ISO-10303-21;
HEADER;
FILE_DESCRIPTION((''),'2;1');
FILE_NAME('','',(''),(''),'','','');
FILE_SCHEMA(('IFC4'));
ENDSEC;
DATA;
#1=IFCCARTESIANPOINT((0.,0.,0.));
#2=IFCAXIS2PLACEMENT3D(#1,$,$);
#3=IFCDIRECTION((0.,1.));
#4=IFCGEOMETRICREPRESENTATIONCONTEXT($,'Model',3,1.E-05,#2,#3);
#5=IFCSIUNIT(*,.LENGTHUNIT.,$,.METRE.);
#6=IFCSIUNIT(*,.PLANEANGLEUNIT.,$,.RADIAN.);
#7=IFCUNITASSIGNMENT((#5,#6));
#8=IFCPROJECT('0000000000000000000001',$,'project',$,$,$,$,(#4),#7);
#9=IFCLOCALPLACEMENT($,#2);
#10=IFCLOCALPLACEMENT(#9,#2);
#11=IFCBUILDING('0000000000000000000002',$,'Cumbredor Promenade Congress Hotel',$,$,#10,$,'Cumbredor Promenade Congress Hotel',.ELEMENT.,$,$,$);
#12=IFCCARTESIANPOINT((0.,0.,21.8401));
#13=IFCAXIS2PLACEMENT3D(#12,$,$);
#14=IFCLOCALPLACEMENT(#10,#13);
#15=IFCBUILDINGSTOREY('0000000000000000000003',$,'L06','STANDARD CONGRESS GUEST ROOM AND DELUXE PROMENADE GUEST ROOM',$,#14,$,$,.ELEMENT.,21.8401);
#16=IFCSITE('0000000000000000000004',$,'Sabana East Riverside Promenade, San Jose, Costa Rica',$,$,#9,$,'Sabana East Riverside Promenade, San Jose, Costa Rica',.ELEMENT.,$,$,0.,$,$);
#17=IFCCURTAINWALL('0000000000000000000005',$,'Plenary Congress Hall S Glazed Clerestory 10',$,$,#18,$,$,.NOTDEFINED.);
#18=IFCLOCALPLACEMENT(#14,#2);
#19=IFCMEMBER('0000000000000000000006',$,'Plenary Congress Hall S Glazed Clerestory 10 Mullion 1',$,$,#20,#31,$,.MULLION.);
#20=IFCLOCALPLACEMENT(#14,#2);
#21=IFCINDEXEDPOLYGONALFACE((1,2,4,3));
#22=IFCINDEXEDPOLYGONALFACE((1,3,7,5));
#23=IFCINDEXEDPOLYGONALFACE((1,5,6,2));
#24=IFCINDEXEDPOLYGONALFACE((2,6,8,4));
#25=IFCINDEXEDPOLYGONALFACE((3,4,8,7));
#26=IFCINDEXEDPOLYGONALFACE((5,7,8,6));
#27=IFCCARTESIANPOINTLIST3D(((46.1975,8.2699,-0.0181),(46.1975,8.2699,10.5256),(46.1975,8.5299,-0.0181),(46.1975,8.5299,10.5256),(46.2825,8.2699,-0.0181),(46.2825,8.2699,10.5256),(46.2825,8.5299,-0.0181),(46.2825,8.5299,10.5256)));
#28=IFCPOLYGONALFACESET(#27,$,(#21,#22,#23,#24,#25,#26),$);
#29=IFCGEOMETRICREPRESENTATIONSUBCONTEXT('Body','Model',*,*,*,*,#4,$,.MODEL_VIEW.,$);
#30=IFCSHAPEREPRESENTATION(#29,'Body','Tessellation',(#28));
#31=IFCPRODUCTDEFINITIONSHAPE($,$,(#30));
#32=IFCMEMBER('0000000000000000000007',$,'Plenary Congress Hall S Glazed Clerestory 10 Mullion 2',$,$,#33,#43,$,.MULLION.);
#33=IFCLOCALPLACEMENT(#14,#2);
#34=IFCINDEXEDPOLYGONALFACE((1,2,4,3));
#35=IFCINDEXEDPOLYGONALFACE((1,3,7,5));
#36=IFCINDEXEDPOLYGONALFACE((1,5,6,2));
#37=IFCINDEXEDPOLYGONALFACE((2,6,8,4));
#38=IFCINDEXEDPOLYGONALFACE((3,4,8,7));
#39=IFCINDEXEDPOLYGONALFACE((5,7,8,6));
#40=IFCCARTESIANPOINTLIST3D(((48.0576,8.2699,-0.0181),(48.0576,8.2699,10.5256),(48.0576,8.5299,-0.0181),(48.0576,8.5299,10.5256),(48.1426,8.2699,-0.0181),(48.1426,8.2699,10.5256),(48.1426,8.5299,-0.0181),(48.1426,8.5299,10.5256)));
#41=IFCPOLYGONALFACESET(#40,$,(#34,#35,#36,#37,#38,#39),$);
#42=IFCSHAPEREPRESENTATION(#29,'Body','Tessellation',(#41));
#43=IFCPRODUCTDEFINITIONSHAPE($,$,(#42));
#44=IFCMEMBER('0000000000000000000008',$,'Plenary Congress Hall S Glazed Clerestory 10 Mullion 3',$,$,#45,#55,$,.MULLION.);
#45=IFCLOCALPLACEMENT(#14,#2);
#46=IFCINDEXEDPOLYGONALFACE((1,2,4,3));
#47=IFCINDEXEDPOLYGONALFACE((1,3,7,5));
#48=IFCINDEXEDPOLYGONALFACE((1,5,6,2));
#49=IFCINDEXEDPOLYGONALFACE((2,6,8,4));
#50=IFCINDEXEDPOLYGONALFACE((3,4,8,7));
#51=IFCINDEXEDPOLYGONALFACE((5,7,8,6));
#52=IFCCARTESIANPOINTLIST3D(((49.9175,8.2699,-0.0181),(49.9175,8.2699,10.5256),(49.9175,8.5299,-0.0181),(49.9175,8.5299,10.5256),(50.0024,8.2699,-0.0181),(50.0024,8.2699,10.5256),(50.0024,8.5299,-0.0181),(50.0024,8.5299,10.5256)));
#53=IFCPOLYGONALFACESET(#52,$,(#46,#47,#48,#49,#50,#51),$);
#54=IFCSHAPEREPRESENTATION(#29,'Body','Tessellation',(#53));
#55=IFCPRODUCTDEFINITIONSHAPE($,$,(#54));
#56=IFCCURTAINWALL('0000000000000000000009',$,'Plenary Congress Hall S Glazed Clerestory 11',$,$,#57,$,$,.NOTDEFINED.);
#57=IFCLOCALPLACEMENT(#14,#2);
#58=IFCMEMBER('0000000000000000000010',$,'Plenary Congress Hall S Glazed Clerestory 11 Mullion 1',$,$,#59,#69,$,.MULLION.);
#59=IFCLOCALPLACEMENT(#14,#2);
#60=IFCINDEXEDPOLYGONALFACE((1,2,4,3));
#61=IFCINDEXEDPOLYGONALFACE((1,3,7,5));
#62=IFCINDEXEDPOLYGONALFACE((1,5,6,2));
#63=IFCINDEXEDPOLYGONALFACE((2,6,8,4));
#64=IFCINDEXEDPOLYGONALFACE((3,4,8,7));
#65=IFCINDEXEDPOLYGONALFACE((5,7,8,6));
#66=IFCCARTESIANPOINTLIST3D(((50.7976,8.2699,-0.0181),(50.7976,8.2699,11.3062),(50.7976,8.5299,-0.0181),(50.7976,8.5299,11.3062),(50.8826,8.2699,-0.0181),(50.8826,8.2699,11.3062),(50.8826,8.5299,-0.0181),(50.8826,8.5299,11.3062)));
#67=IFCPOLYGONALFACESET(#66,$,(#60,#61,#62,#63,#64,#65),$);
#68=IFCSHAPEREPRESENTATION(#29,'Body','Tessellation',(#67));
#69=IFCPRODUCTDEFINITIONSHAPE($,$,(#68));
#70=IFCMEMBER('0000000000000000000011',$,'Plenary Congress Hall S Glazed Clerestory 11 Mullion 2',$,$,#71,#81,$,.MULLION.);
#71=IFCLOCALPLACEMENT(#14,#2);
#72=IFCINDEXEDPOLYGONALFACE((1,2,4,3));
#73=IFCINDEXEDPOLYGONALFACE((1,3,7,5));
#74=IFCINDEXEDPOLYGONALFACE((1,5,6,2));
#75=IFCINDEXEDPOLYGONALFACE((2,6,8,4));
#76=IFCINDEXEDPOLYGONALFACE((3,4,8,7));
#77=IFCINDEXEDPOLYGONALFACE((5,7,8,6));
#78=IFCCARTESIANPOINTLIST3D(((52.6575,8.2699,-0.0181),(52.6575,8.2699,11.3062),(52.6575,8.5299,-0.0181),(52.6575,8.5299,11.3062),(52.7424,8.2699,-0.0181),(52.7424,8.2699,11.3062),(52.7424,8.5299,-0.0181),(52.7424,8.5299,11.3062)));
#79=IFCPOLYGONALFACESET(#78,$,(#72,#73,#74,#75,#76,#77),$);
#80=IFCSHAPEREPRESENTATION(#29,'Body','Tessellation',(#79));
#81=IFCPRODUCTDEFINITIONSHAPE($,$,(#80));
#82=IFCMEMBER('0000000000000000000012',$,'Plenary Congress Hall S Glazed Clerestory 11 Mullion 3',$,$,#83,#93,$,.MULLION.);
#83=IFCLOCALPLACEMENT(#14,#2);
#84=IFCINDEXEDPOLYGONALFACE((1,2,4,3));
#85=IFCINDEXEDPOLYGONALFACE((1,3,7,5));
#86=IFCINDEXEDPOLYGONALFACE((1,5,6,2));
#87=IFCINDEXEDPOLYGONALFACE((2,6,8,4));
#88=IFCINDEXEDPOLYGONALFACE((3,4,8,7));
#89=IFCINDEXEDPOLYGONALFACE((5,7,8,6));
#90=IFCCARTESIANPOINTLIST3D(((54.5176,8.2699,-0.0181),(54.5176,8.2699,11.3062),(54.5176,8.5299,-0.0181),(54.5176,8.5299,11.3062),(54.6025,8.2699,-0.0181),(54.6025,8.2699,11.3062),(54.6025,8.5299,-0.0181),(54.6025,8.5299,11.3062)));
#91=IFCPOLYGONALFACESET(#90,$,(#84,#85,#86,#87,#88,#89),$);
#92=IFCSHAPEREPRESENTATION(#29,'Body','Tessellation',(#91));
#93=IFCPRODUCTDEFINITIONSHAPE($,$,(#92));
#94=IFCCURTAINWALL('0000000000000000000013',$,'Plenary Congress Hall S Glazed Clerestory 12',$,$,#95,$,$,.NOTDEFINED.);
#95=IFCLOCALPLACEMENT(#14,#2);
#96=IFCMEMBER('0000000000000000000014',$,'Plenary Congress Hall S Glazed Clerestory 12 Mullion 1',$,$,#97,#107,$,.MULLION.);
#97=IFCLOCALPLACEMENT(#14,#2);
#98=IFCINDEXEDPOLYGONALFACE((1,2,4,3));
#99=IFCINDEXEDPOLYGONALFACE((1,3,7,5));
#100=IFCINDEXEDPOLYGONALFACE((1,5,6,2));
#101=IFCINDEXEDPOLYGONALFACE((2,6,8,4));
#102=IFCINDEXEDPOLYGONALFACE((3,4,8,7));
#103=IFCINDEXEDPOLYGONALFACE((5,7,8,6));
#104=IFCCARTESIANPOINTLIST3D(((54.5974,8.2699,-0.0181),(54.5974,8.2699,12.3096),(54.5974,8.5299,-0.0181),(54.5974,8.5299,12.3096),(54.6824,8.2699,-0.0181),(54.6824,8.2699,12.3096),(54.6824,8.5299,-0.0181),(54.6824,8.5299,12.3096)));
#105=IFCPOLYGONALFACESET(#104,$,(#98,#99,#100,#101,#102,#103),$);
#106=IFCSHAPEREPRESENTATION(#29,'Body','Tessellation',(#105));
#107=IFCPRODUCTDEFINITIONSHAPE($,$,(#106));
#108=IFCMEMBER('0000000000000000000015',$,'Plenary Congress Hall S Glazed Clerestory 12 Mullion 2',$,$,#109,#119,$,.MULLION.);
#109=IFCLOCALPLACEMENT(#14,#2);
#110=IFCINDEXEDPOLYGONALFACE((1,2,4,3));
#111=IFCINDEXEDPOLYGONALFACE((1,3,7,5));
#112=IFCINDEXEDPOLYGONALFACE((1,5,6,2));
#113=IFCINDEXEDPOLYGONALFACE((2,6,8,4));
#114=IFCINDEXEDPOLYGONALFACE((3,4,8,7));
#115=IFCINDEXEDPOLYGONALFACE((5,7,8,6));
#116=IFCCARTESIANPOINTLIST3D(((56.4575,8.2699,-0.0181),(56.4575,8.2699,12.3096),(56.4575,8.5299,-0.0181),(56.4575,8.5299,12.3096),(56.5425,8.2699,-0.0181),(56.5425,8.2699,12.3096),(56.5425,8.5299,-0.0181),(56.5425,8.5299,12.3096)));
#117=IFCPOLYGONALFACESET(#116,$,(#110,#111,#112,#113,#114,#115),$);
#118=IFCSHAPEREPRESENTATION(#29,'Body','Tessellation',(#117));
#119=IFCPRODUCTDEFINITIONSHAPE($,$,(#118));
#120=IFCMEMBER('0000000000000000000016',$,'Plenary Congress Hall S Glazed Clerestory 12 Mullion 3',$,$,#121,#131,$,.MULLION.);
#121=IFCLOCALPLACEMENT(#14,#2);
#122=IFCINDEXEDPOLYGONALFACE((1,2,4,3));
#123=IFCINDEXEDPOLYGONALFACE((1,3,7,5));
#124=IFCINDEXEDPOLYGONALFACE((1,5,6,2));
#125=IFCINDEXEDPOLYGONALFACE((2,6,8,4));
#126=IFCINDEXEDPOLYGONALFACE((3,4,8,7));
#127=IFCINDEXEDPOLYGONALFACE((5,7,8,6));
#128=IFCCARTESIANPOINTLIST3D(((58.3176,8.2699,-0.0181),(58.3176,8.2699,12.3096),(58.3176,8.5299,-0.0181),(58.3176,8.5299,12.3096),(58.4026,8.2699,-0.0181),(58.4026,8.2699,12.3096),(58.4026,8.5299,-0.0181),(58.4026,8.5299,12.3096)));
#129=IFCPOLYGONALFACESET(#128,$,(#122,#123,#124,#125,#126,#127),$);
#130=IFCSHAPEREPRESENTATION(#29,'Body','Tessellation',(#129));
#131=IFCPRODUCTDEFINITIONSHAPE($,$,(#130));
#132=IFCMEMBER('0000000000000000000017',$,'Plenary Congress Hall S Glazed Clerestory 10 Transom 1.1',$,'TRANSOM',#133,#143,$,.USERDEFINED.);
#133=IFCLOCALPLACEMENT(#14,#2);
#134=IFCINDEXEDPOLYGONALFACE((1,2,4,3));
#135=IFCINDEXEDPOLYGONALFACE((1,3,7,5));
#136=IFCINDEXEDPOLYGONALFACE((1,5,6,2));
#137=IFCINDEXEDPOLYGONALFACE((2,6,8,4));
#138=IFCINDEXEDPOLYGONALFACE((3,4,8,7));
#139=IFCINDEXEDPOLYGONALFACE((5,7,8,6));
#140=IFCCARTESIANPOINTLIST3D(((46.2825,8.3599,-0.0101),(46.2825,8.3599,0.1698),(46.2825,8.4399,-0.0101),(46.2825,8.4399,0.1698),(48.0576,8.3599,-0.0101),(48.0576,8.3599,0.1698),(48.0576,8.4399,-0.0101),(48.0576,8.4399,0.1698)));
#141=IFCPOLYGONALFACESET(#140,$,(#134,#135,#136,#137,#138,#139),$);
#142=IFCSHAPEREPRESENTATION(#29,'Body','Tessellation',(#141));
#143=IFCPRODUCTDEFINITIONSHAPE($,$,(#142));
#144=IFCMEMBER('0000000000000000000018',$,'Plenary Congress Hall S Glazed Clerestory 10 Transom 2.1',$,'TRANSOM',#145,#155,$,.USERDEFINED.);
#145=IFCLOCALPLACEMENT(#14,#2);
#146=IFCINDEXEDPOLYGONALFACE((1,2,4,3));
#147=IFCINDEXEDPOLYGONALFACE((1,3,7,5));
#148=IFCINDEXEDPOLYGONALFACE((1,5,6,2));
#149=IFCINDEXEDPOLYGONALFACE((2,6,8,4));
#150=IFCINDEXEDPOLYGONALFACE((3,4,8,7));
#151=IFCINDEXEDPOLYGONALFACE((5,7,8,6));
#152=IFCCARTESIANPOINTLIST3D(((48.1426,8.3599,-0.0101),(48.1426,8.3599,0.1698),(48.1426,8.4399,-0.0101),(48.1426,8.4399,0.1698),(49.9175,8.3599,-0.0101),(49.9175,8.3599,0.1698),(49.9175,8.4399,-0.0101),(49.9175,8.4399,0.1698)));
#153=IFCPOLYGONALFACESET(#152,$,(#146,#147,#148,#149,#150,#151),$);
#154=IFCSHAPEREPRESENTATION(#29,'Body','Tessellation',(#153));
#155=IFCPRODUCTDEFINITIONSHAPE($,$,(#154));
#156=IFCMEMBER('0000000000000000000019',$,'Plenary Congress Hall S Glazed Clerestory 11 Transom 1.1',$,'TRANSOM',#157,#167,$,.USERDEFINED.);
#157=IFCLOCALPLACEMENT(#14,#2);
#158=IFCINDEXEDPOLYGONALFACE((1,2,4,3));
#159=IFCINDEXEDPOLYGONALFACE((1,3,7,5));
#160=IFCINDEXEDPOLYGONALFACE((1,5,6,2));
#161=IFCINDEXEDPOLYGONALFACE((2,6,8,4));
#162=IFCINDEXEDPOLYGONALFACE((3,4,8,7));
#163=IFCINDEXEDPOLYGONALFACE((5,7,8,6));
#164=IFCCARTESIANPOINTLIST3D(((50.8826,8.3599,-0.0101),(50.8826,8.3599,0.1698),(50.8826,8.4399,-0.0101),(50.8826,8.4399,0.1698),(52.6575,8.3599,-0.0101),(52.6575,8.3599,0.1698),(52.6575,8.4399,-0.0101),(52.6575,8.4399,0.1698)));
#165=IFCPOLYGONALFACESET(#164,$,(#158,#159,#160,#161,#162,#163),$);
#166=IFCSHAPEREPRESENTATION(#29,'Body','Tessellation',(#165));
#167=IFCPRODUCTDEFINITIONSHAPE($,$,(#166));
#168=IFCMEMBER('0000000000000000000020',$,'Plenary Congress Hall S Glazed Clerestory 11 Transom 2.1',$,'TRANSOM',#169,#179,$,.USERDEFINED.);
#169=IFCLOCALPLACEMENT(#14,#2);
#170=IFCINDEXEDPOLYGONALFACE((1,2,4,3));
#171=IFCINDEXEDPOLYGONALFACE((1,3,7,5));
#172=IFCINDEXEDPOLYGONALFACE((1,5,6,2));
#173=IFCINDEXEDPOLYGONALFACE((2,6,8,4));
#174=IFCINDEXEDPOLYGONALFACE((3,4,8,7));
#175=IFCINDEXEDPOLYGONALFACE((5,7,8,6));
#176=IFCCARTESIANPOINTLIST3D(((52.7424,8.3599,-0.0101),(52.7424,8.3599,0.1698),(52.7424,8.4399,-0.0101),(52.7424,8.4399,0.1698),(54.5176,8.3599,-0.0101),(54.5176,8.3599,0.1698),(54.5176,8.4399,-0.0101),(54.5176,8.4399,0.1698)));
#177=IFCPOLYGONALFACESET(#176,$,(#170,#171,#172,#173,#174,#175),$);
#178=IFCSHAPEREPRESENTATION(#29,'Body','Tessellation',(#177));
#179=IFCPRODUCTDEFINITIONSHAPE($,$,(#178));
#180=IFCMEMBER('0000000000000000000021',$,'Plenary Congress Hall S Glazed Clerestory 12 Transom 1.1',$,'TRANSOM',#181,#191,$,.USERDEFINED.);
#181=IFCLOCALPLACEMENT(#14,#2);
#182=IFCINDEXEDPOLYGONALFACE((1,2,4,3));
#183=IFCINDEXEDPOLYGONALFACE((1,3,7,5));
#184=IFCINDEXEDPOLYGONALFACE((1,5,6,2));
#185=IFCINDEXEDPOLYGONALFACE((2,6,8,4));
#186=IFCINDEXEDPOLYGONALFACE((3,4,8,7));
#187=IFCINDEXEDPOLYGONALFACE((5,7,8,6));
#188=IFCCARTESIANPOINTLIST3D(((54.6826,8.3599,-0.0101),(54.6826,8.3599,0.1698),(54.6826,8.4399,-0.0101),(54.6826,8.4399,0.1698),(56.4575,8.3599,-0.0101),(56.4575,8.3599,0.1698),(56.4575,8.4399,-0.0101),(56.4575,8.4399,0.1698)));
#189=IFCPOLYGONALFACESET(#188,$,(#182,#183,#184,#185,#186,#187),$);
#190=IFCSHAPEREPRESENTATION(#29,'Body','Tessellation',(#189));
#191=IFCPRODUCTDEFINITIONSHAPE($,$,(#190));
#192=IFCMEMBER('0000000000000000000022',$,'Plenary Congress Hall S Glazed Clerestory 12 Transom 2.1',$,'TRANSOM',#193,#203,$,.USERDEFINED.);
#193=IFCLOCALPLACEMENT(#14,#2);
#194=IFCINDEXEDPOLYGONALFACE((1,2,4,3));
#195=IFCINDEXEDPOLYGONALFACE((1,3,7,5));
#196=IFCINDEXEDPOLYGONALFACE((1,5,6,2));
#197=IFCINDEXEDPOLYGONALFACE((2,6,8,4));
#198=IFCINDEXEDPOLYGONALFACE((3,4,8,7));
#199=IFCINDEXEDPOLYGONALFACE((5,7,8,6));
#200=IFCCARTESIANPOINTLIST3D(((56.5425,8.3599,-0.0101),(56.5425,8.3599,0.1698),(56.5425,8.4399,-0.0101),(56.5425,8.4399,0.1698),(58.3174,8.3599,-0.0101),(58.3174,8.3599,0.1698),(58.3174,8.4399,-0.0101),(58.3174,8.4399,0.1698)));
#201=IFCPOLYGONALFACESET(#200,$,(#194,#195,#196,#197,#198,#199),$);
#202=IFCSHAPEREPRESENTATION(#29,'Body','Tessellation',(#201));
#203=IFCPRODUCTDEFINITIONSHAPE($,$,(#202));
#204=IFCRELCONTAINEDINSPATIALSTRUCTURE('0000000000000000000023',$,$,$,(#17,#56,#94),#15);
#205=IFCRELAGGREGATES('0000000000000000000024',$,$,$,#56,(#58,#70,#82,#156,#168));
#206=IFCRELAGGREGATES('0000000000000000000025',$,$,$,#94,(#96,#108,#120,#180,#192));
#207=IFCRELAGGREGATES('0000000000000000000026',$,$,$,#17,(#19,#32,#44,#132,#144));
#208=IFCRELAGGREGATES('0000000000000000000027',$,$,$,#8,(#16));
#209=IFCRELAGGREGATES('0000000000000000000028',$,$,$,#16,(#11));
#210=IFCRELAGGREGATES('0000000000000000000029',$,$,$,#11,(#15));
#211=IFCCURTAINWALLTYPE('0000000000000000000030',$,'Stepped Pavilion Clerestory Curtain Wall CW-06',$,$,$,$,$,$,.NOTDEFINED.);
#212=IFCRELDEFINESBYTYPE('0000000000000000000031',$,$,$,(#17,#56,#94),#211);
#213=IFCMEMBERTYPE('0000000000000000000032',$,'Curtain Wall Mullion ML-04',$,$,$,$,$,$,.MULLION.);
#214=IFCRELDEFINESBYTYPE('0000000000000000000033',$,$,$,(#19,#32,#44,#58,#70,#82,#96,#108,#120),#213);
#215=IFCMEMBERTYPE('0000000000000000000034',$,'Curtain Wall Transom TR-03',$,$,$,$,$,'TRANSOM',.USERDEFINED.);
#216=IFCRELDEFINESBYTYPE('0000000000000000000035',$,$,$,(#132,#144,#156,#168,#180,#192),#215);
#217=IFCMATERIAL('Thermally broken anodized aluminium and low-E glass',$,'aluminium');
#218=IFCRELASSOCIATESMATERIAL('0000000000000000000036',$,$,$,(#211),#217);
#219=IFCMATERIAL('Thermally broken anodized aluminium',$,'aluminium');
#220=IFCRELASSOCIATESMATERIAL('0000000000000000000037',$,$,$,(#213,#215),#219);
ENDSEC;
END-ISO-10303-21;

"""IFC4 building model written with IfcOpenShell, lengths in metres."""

from ifc_helpers import new_model, si_unit, direction, frame, origin, origin_2d, place, context, subcontext, project, spatial, rectangle, extrude, material, material_profile, profile_set, type_object, element, aggregate, save


model = new_model("IFC4")

# Units and contexts
model_context = context("Model", 3, precision=1e-05, world=origin(), true_north=direction((0.0, 1.0)))
body_context = subcontext(model_context, "Body", "Model", "MODEL_VIEW")
ifc_project = project(units=[si_unit("LENGTHUNIT", "METRE"), si_unit("PLANEANGLEUNIT", "RADIAN")], contexts=[model_context])

# Site, building, storey
site_placement = place(None, origin())
site = spatial("IfcSite", under=ifc_project, at=site_placement, Name="Sabana East Riverside Promenade, San Jose, Costa Rica", LongName="Sabana East Riverside Promenade, San Jose, Costa Rica", CompositionType="ELEMENT", RefElevation=0.0)
building_placement = place(site_placement, origin())
building = spatial("IfcBuilding", under=site, at=building_placement, Name="Cumbredor Promenade Congress Hotel", LongName="Cumbredor Promenade Congress Hotel", CompositionType="ELEMENT")
storey_placement = place(building_placement, frame((0.0, 0.0, 21.8401)))
storey = spatial("IfcBuildingStorey", under=building, at=storey_placement, Name="L06", Description="STANDARD CONGRESS GUEST ROOM AND DELUXE PROMENADE GUEST ROOM", CompositionType="ELEMENT", Elevation=21.8401)

# Curtain walls, members
ifc_material_1 = material(Name="Thermally broken anodized aluminium and low-E glass", Category="aluminium")
curtain_wall_type = type_object("IfcCurtainWallType", Name="Stepped Pavilion Clerestory Curtain Wall CW-06", PredefinedType="NOTDEFINED", material=ifc_material_1)
curtain_wall_1_placement = place(storey_placement, origin())
curtain_wall_1 = element("IfcCurtainWall", 1, at=curtain_wall_1_placement, inside=storey, type_object=curtain_wall_type, Name="Plenary Congress Hall S Glazed Clerestory 10", PredefinedType="NOTDEFINED")
ifc_material_2 = material(Name="Thermally broken anodized aluminium", Category="aluminium")
ifc_material_profile_1 = material_profile(ifc_material_2, rectangle(XDim=0.085, YDim=0.26, at=origin_2d()), Name="ALU MULLION CLERESTORY 85x260")
ifc_profile_set_1 = profile_set([ifc_material_profile_1], Name="Thermally broken anodized aluminium")
member_type_1 = type_object("IfcMemberType", Name="Curtain Wall Mullion ML-04", PredefinedType="MULLION", material=ifc_profile_set_1)
member_1_placement = place(storey_placement, frame((46.24, 8.3999, -0.0181), z_axis=(0.0, 0.0, 1.0), x_axis=(1.0, 0.0, 0.0)))
member_1 = element("IfcMember", 2, at=member_1_placement, type_object=member_type_1, Name="Plenary Congress Hall S Glazed Clerestory 10 Mullion 1", PredefinedType="MULLION", context=body_context, shape_type="SweptSolid", body=[
    extrude(rectangle(XDim=0.085, YDim=0.26, at=origin_2d()), origin(), (0.0, 0.0, 1.0), 10.5437),
])
member_2_placement = place(storey_placement, frame((48.1001, 8.3999, -0.0181), z_axis=(0.0, 0.0, 1.0), x_axis=(1.0, 0.0, 0.0)))
member_2 = element("IfcMember", 3, at=member_2_placement, type_object=member_type_1, Name="Plenary Congress Hall S Glazed Clerestory 10 Mullion 2", PredefinedType="MULLION", context=body_context, shape_type="SweptSolid", body=[
    extrude(rectangle(XDim=0.085, YDim=0.26, at=origin_2d()), origin(), (0.0, 0.0, 1.0), 10.5437),
])
member_3_placement = place(storey_placement, frame((49.96, 8.3999, -0.0181), z_axis=(0.0, 0.0, 1.0), x_axis=(1.0, 0.0, 0.0)))
member_3 = element("IfcMember", 4, at=member_3_placement, type_object=member_type_1, Name="Plenary Congress Hall S Glazed Clerestory 10 Mullion 3", PredefinedType="MULLION", context=body_context, shape_type="SweptSolid", body=[
    extrude(rectangle(XDim=0.085, YDim=0.26, at=origin_2d()), origin(), (0.0, 0.0, 1.0), 10.5437),
])
curtain_wall_2_placement = place(storey_placement, origin())
curtain_wall_2 = element("IfcCurtainWall", 5, at=curtain_wall_2_placement, inside=storey, type_object=curtain_wall_type, Name="Plenary Congress Hall S Glazed Clerestory 11", PredefinedType="NOTDEFINED")
member_4_placement = place(storey_placement, frame((50.8401, 8.3999, -0.0181), z_axis=(0.0, 0.0, 1.0), x_axis=(1.0, 0.0, 0.0)))
member_4 = element("IfcMember", 6, at=member_4_placement, type_object=member_type_1, Name="Plenary Congress Hall S Glazed Clerestory 11 Mullion 1", PredefinedType="MULLION", context=body_context, shape_type="SweptSolid", body=[
    extrude(rectangle(XDim=0.085, YDim=0.26, at=origin_2d()), origin(), (0.0, 0.0, 1.0), 11.3242),
])
member_5_placement = place(storey_placement, frame((52.7, 8.3999, -0.0181), z_axis=(0.0, 0.0, 1.0), x_axis=(1.0, 0.0, 0.0)))
member_5 = element("IfcMember", 7, at=member_5_placement, type_object=member_type_1, Name="Plenary Congress Hall S Glazed Clerestory 11 Mullion 2", PredefinedType="MULLION", context=body_context, shape_type="SweptSolid", body=[
    extrude(rectangle(XDim=0.085, YDim=0.26, at=origin_2d()), origin(), (0.0, 0.0, 1.0), 11.3242),
])
member_6_placement = place(storey_placement, frame((54.5601, 8.3999, -0.0181), z_axis=(0.0, 0.0, 1.0), x_axis=(1.0, 0.0, 0.0)))
member_6 = element("IfcMember", 8, at=member_6_placement, type_object=member_type_1, Name="Plenary Congress Hall S Glazed Clerestory 11 Mullion 3", PredefinedType="MULLION", context=body_context, shape_type="SweptSolid", body=[
    extrude(rectangle(XDim=0.085, YDim=0.26, at=origin_2d()), origin(), (0.0, 0.0, 1.0), 11.3242),
])
curtain_wall_3_placement = place(storey_placement, origin())
curtain_wall_3 = element("IfcCurtainWall", 9, at=curtain_wall_3_placement, inside=storey, type_object=curtain_wall_type, Name="Plenary Congress Hall S Glazed Clerestory 12", PredefinedType="NOTDEFINED")
member_7_placement = place(storey_placement, frame((54.6399, 8.3999, -0.0181), z_axis=(0.0, 0.0, 1.0), x_axis=(1.0, 0.0, 0.0)))
member_7 = element("IfcMember", 10, at=member_7_placement, type_object=member_type_1, Name="Plenary Congress Hall S Glazed Clerestory 12 Mullion 1", PredefinedType="MULLION", context=body_context, shape_type="SweptSolid", body=[
    extrude(rectangle(XDim=0.085, YDim=0.26, at=origin_2d()), origin(), (0.0, 0.0, 1.0), 12.3276),
])
member_8_placement = place(storey_placement, frame((56.5, 8.3999, -0.0181), z_axis=(0.0, 0.0, 1.0), x_axis=(1.0, 0.0, 0.0)))
member_8 = element("IfcMember", 11, at=member_8_placement, type_object=member_type_1, Name="Plenary Congress Hall S Glazed Clerestory 12 Mullion 2", PredefinedType="MULLION", context=body_context, shape_type="SweptSolid", body=[
    extrude(rectangle(XDim=0.085, YDim=0.26, at=origin_2d()), origin(), (0.0, 0.0, 1.0), 12.3276),
])
member_9_placement = place(storey_placement, frame((58.3601, 8.3999, -0.0181), z_axis=(0.0, 0.0, 1.0), x_axis=(1.0, 0.0, 0.0)))
member_9 = element("IfcMember", 12, at=member_9_placement, type_object=member_type_1, Name="Plenary Congress Hall S Glazed Clerestory 12 Mullion 3", PredefinedType="MULLION", context=body_context, shape_type="SweptSolid", body=[
    extrude(rectangle(XDim=0.085, YDim=0.26, at=origin_2d()), origin(), (0.0, 0.0, 1.0), 12.3276),
])

# Members
ifc_material_profile_2 = material_profile(ifc_material_2, rectangle(XDim=0.0801, YDim=0.1799, at=origin_2d()), Name="ALU TRANSOM 80x180")
ifc_profile_set_2 = profile_set([ifc_material_profile_2], Name="Thermally broken anodized aluminium")
member_type_2 = type_object("IfcMemberType", Name="Curtain Wall Transom TR-03", ElementType="TRANSOM", PredefinedType="USERDEFINED", material=ifc_profile_set_2)
member_10_placement = place(storey_placement, frame((46.2825, 8.3999, 0.0798), z_axis=(1.0, 0.0, 0.0), x_axis=(0.0, 1.0, 0.0)))
member_10 = element("IfcMember", 13, at=member_10_placement, type_object=member_type_2, Name="Plenary Congress Hall S Glazed Clerestory 10 Transom 1.1", ObjectType="TRANSOM", PredefinedType="USERDEFINED", context=body_context, shape_type="SweptSolid", body=[
    extrude(rectangle(XDim=0.0801, YDim=0.1799, at=origin_2d()), origin(), (0.0, 0.0, 1.0), 1.7751),
])
member_11_placement = place(storey_placement, frame((48.1426, 8.3999, 0.0798), z_axis=(1.0, 0.0, 0.0), x_axis=(0.0, 1.0, 0.0)))
member_11 = element("IfcMember", 14, at=member_11_placement, type_object=member_type_2, Name="Plenary Congress Hall S Glazed Clerestory 10 Transom 2.1", ObjectType="TRANSOM", PredefinedType="USERDEFINED", context=body_context, shape_type="SweptSolid", body=[
    extrude(rectangle(XDim=0.0801, YDim=0.1799, at=origin_2d()), origin(), (0.0, 0.0, 1.0), 1.7749),
])
member_12_placement = place(storey_placement, frame((50.8826, 8.3999, 0.0798), z_axis=(1.0, 0.0, 0.0), x_axis=(0.0, 1.0, 0.0)))
member_12 = element("IfcMember", 15, at=member_12_placement, type_object=member_type_2, Name="Plenary Congress Hall S Glazed Clerestory 11 Transom 1.1", ObjectType="TRANSOM", PredefinedType="USERDEFINED", context=body_context, shape_type="SweptSolid", body=[
    extrude(rectangle(XDim=0.0801, YDim=0.1799, at=origin_2d()), origin(), (0.0, 0.0, 1.0), 1.7749),
])
member_13_placement = place(storey_placement, frame((52.7424, 8.3999, 0.0798), z_axis=(1.0, 0.0, 0.0), x_axis=(0.0, 1.0, 0.0)))
member_13 = element("IfcMember", 16, at=member_13_placement, type_object=member_type_2, Name="Plenary Congress Hall S Glazed Clerestory 11 Transom 2.1", ObjectType="TRANSOM", PredefinedType="USERDEFINED", context=body_context, shape_type="SweptSolid", body=[
    extrude(rectangle(XDim=0.0801, YDim=0.1799, at=origin_2d()), origin(), (0.0, 0.0, 1.0), 1.7751),
])
aggregate(curtain_wall_2, [member_4, member_5, member_6, member_12, member_13])
member_14_placement = place(storey_placement, frame((54.6826, 8.3999, 0.0798), z_axis=(1.0, 0.0, 0.0), x_axis=(0.0, 1.0, 0.0)))
member_14 = element("IfcMember", 17, at=member_14_placement, type_object=member_type_2, Name="Plenary Congress Hall S Glazed Clerestory 12 Transom 1.1", ObjectType="TRANSOM", PredefinedType="USERDEFINED", context=body_context, shape_type="SweptSolid", body=[
    extrude(rectangle(XDim=0.0801, YDim=0.1799, at=origin_2d()), origin(), (0.0, 0.0, 1.0), 1.7749),
])
member_15_placement = place(storey_placement, frame((56.5425, 8.3999, 0.0798), z_axis=(1.0, 0.0, 0.0), x_axis=(0.0, 1.0, 0.0)))
member_15 = element("IfcMember", 18, at=member_15_placement, type_object=member_type_2, Name="Plenary Congress Hall S Glazed Clerestory 12 Transom 2.1", ObjectType="TRANSOM", PredefinedType="USERDEFINED", context=body_context, shape_type="SweptSolid", body=[
    extrude(rectangle(XDim=0.0801, YDim=0.1799, at=origin_2d()), origin(), (0.0, 0.0, 1.0), 1.7749),
])
aggregate(curtain_wall_3, [member_7, member_8, member_9, member_14, member_15])

aggregate(curtain_wall_1, [member_1, member_2, member_3, member_10, member_11])

save(model, "model.ifc")
